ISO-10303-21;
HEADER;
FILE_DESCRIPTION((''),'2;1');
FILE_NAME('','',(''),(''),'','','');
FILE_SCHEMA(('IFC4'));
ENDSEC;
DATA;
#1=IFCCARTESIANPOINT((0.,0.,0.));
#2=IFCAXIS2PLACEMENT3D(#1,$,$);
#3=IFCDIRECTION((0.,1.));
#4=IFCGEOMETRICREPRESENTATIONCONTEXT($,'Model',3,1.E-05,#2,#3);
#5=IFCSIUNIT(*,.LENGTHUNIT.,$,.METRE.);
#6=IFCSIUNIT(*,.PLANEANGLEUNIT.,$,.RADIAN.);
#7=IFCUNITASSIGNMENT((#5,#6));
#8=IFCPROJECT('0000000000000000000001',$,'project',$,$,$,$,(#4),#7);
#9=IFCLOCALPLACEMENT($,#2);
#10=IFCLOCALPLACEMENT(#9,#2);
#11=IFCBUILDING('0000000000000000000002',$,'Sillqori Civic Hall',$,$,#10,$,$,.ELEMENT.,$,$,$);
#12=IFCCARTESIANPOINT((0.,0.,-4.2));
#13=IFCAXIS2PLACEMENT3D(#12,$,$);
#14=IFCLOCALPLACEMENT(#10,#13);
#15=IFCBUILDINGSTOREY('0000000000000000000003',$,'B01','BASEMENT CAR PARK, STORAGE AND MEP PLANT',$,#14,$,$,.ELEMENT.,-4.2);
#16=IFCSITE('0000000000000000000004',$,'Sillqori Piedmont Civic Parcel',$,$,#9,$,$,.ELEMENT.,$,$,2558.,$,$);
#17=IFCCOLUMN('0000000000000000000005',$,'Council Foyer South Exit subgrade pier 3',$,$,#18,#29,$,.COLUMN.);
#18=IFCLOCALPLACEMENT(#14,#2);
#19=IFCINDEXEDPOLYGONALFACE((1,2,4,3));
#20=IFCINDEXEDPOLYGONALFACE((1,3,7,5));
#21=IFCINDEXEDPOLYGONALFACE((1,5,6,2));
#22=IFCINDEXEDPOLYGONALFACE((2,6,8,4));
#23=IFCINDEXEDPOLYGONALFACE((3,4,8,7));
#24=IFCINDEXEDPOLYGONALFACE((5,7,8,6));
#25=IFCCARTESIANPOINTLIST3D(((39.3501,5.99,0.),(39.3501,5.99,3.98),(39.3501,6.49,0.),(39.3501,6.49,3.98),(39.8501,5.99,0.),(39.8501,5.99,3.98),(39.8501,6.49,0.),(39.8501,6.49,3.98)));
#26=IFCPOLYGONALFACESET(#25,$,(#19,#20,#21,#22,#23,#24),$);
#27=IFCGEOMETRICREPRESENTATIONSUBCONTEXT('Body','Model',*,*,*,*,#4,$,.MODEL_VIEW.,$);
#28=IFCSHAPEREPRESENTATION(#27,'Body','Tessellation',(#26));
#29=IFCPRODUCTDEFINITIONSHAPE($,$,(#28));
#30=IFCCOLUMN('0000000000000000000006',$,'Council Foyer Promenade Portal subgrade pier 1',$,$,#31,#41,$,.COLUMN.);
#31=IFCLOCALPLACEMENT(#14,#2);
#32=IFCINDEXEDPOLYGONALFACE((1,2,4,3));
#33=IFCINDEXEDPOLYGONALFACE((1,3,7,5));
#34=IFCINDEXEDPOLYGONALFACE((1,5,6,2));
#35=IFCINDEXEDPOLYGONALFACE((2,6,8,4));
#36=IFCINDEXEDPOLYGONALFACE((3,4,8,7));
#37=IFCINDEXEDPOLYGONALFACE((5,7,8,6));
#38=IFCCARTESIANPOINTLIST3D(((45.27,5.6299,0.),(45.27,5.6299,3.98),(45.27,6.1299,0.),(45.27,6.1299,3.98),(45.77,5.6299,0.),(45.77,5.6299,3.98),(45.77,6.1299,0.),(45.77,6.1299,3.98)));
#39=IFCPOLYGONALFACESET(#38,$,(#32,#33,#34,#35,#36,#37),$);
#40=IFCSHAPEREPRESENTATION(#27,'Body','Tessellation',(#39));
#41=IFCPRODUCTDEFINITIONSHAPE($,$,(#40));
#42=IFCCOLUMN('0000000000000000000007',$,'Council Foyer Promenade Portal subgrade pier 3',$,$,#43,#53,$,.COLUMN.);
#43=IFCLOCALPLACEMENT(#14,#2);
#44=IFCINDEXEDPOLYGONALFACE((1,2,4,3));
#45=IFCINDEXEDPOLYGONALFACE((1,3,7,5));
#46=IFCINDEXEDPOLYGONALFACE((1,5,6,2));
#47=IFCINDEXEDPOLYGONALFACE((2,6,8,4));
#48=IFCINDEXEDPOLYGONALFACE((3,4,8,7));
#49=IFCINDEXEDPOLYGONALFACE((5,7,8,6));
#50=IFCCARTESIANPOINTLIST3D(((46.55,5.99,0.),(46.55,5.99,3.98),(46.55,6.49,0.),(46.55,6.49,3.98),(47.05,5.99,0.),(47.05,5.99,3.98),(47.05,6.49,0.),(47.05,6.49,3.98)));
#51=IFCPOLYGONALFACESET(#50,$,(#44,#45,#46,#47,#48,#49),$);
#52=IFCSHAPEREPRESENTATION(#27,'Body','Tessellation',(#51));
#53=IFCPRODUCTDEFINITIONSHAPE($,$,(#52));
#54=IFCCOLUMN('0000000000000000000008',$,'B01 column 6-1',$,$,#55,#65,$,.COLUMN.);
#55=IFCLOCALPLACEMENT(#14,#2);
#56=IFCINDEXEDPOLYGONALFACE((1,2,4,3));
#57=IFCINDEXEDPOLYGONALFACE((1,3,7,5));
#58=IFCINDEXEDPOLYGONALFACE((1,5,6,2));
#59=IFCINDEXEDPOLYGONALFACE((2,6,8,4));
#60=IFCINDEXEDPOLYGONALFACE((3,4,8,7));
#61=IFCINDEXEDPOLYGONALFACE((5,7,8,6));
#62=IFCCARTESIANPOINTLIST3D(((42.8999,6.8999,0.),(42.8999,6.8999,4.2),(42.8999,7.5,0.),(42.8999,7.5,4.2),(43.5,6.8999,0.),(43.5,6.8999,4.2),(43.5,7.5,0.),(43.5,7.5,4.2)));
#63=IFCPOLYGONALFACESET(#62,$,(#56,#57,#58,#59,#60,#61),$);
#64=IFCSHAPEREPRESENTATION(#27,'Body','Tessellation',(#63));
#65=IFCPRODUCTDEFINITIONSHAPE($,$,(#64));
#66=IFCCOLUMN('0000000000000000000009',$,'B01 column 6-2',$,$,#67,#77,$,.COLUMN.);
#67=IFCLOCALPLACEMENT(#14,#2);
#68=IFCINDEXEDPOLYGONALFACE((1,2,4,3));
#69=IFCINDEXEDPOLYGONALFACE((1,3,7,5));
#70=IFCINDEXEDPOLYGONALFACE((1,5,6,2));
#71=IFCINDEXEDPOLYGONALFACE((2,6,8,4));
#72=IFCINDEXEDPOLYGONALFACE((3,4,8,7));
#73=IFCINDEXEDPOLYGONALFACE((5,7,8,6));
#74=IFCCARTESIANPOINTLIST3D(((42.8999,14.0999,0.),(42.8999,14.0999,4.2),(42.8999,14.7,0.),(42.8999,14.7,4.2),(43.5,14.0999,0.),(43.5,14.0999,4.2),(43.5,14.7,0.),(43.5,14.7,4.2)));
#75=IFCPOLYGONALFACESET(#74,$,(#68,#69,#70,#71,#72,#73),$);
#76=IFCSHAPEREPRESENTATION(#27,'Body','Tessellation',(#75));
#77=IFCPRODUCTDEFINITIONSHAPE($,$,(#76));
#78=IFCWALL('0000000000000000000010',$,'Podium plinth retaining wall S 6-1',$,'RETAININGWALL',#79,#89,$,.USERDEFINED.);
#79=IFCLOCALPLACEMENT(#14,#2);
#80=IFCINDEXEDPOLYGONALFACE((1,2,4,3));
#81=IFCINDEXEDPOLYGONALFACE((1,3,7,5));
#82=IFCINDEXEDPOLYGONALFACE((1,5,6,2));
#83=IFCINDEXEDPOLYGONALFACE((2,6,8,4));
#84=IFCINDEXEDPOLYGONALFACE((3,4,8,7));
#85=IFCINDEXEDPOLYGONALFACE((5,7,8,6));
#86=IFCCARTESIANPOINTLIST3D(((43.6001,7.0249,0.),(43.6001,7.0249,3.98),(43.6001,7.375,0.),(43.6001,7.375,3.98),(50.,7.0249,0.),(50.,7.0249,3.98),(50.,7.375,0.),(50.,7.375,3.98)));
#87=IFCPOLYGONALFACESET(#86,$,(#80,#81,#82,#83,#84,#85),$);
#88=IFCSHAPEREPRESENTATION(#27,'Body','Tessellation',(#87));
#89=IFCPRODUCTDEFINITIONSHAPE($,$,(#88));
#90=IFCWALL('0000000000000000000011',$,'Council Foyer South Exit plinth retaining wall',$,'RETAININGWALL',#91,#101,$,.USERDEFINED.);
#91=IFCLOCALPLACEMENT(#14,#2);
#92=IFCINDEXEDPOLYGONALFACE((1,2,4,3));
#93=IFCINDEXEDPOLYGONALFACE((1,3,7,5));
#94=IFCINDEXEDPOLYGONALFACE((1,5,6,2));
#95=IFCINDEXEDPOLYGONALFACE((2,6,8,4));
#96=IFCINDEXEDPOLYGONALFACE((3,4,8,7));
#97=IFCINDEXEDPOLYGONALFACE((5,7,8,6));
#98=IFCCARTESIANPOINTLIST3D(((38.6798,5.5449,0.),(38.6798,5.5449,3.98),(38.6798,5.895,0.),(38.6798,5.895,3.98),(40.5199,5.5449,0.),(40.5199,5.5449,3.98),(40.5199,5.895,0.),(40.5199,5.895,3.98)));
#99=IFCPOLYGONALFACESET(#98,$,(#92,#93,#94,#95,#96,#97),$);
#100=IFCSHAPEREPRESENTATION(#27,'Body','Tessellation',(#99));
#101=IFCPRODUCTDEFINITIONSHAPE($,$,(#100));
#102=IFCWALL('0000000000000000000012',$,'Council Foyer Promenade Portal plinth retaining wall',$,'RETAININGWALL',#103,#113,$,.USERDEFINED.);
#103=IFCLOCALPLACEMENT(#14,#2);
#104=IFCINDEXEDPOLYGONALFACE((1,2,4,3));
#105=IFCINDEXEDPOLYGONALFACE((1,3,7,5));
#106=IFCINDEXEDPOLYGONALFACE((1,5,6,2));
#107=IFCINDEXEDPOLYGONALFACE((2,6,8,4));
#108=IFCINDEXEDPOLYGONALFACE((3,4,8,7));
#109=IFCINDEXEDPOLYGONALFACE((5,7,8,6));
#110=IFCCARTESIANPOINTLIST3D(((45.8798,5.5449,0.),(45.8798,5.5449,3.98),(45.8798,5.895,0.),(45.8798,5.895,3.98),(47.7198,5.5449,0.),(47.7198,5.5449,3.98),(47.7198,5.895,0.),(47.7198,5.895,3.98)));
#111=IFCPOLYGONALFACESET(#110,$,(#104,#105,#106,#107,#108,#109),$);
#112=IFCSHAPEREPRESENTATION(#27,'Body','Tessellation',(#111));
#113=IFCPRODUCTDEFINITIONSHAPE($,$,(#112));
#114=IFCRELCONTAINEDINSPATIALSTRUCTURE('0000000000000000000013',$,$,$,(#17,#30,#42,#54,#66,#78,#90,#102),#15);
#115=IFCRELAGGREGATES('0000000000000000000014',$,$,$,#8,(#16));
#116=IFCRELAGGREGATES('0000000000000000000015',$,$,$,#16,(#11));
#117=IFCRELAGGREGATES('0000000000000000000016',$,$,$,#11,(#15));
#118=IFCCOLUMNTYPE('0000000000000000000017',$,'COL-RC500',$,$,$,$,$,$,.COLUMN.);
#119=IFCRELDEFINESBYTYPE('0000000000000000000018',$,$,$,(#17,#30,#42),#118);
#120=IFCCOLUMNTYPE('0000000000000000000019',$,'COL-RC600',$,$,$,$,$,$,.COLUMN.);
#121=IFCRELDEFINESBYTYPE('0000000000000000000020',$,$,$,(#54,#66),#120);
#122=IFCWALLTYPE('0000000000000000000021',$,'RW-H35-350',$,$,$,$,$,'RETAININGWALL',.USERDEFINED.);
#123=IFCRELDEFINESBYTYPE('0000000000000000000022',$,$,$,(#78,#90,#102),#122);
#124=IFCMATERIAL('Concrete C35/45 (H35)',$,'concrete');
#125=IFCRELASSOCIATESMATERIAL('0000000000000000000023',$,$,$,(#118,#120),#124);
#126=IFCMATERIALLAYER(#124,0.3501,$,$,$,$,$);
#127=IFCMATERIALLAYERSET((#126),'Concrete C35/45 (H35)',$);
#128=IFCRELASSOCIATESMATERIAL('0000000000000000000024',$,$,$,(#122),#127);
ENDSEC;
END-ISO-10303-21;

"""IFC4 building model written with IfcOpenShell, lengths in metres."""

from ifc_helpers import new_model, si_unit, direction, frame, frame_2d, origin, origin_2d, place, context, subcontext, project, spatial, rectangle, extrude, material, layer, layer_set, material_profile, profile_set, type_object, element, save


model = new_model("IFC4")

# Units and contexts
model_context = context("Model", 3, precision=1e-05, world=origin(), true_north=direction((0.0, 1.0)))
body_context = subcontext(model_context, "Body", "Model", "MODEL_VIEW")
ifc_project = project(units=[si_unit("LENGTHUNIT", "METRE"), si_unit("PLANEANGLEUNIT", "RADIAN")], contexts=[model_context])

# Site, building, storey
site_placement = place(None, origin())
site = spatial("IfcSite", under=ifc_project, at=site_placement, Name="Sillqori Piedmont Civic Parcel", CompositionType="ELEMENT", RefElevation=2558.0)
building_placement = place(site_placement, origin())
building = spatial("IfcBuilding", under=site, at=building_placement, Name="Sillqori Civic Hall", CompositionType="ELEMENT")
storey_placement = place(building_placement, frame((0.0, 0.0, -4.2)))
storey = spatial("IfcBuildingStorey", under=building, at=storey_placement, Name="B01", Description="BASEMENT CAR PARK, STORAGE AND MEP PLANT", CompositionType="ELEMENT", Elevation=-4.2)

# Shared definitions
ifc_material = material(Name="Concrete C35/45 (H35)", Category="concrete")

# Columns
ifc_material_profile_1 = material_profile(ifc_material, rectangle(XDim=0.5, YDim=0.5, at=origin_2d()), Name="RC 500x500")
ifc_profile_set_1 = profile_set([ifc_material_profile_1], Name="Concrete C35/45 (H35)")
column_type_1 = type_object("IfcColumnType", Name="COL-RC500", PredefinedType="COLUMN", material=ifc_profile_set_1)
for number, where, z_axis, x_axis, name in (
    (1, (39.6001, 6.24, 0.0), (0.0, 0.0, 1.0), (1.0, 0.0, 0.0), "Council Foyer South Exit subgrade pier 3"),
    (2, (45.52, 5.8799, 0.0), (0.0, 0.0, 1.0), (1.0, 0.0, 0.0), "Council Foyer Promenade Portal subgrade pier 1"),
    (3, (46.8, 6.24, 0.0), (0.0, 0.0, 1.0), (1.0, 0.0, 0.0), "Council Foyer Promenade Portal subgrade pier 3"),
):
    element("IfcColumn", number, at=place(storey_placement, frame(where, z_axis=z_axis, x_axis=x_axis)), inside=storey, type_object=column_type_1, Name=name, PredefinedType="COLUMN", context=body_context, shape_type="SweptSolid", body=[
        extrude(rectangle(XDim=0.5, YDim=0.5, at=origin_2d()), origin(), (0.0, 0.0, 1.0), 3.98),
    ])
ifc_material_profile_2 = material_profile(ifc_material, rectangle(XDim=0.6001, YDim=0.6001, at=origin_2d()), Name="RC 600x600")
ifc_profile_set_2 = profile_set([ifc_material_profile_2], Name="Concrete C35/45 (H35)")
column_type_2 = type_object("IfcColumnType", Name="COL-RC600", PredefinedType="COLUMN", material=ifc_profile_set_2)
for number, where, z_axis, x_axis, name in (
    (4, (43.2, 7.2, 0.0), (0.0, 0.0, 1.0), (1.0, 0.0, 0.0), "B01 column 6-1"),
    (5, (43.2, 14.3999, 0.0), (0.0, 0.0, 1.0), (1.0, 0.0, 0.0), "B01 column 6-2"),
):
    element("IfcColumn", number, at=place(storey_placement, frame(where, z_axis=z_axis, x_axis=x_axis)), inside=storey, type_object=column_type_2, Name=name, PredefinedType="COLUMN", context=body_context, shape_type="SweptSolid", body=[
        extrude(rectangle(XDim=0.6001, YDim=0.6001, at=origin_2d()), origin(), (0.0, 0.0, 1.0), 4.2),
    ])

# Walls
ifc_layer = layer(ifc_material, 0.3501)
ifc_layer_set = layer_set([ifc_layer], Name="Concrete C35/45 (H35)")
wall_type = type_object("IfcWallType", Name="RW-H35-350", ElementType="RETAININGWALL", PredefinedType="USERDEFINED", material=ifc_layer_set)
wall_placement = place(storey_placement, frame((43.6001, 7.2, 0.0), z_axis=(0.0, 0.0, 1.0), x_axis=(1.0, 0.0, 0.0)))
element("IfcWall", 6, at=wall_placement, inside=storey, type_object=wall_type, Name="Podium plinth retaining wall S 6-1", ObjectType="RETAININGWALL", PredefinedType="USERDEFINED", context=body_context, shape_type="SweptSolid", body=[
    extrude(rectangle(XDim=6.3999, YDim=0.3501, at=frame_2d((3.2, 0.0))), origin(), (0.0, 0.0, 1.0), 3.98),
])
for number, where, z_axis, x_axis, name in (
    (7, (38.6799, 5.72, 0.0), (0.0, 0.0, 1.0), (1.0, 0.0, 0.0), "Council Foyer South Exit plinth retaining wall"),
    (8, (45.8799, 5.72, 0.0), (0.0, 0.0, 1.0), (1.0, 0.0, 0.0), "Council Foyer Promenade Portal plinth retaining wall"),
):
    element("IfcWall", number, at=place(storey_placement, frame(where, z_axis=z_axis, x_axis=x_axis)), inside=storey, type_object=wall_type, Name=name, ObjectType="RETAININGWALL", PredefinedType="USERDEFINED", context=body_context, shape_type="SweptSolid", body=[
        extrude(rectangle(XDim=1.8401, YDim=0.3501, at=frame_2d((0.9199, 0.0))), origin(), (0.0, 0.0, 1.0), 3.98),
    ])

save(model, "model.ifc")
